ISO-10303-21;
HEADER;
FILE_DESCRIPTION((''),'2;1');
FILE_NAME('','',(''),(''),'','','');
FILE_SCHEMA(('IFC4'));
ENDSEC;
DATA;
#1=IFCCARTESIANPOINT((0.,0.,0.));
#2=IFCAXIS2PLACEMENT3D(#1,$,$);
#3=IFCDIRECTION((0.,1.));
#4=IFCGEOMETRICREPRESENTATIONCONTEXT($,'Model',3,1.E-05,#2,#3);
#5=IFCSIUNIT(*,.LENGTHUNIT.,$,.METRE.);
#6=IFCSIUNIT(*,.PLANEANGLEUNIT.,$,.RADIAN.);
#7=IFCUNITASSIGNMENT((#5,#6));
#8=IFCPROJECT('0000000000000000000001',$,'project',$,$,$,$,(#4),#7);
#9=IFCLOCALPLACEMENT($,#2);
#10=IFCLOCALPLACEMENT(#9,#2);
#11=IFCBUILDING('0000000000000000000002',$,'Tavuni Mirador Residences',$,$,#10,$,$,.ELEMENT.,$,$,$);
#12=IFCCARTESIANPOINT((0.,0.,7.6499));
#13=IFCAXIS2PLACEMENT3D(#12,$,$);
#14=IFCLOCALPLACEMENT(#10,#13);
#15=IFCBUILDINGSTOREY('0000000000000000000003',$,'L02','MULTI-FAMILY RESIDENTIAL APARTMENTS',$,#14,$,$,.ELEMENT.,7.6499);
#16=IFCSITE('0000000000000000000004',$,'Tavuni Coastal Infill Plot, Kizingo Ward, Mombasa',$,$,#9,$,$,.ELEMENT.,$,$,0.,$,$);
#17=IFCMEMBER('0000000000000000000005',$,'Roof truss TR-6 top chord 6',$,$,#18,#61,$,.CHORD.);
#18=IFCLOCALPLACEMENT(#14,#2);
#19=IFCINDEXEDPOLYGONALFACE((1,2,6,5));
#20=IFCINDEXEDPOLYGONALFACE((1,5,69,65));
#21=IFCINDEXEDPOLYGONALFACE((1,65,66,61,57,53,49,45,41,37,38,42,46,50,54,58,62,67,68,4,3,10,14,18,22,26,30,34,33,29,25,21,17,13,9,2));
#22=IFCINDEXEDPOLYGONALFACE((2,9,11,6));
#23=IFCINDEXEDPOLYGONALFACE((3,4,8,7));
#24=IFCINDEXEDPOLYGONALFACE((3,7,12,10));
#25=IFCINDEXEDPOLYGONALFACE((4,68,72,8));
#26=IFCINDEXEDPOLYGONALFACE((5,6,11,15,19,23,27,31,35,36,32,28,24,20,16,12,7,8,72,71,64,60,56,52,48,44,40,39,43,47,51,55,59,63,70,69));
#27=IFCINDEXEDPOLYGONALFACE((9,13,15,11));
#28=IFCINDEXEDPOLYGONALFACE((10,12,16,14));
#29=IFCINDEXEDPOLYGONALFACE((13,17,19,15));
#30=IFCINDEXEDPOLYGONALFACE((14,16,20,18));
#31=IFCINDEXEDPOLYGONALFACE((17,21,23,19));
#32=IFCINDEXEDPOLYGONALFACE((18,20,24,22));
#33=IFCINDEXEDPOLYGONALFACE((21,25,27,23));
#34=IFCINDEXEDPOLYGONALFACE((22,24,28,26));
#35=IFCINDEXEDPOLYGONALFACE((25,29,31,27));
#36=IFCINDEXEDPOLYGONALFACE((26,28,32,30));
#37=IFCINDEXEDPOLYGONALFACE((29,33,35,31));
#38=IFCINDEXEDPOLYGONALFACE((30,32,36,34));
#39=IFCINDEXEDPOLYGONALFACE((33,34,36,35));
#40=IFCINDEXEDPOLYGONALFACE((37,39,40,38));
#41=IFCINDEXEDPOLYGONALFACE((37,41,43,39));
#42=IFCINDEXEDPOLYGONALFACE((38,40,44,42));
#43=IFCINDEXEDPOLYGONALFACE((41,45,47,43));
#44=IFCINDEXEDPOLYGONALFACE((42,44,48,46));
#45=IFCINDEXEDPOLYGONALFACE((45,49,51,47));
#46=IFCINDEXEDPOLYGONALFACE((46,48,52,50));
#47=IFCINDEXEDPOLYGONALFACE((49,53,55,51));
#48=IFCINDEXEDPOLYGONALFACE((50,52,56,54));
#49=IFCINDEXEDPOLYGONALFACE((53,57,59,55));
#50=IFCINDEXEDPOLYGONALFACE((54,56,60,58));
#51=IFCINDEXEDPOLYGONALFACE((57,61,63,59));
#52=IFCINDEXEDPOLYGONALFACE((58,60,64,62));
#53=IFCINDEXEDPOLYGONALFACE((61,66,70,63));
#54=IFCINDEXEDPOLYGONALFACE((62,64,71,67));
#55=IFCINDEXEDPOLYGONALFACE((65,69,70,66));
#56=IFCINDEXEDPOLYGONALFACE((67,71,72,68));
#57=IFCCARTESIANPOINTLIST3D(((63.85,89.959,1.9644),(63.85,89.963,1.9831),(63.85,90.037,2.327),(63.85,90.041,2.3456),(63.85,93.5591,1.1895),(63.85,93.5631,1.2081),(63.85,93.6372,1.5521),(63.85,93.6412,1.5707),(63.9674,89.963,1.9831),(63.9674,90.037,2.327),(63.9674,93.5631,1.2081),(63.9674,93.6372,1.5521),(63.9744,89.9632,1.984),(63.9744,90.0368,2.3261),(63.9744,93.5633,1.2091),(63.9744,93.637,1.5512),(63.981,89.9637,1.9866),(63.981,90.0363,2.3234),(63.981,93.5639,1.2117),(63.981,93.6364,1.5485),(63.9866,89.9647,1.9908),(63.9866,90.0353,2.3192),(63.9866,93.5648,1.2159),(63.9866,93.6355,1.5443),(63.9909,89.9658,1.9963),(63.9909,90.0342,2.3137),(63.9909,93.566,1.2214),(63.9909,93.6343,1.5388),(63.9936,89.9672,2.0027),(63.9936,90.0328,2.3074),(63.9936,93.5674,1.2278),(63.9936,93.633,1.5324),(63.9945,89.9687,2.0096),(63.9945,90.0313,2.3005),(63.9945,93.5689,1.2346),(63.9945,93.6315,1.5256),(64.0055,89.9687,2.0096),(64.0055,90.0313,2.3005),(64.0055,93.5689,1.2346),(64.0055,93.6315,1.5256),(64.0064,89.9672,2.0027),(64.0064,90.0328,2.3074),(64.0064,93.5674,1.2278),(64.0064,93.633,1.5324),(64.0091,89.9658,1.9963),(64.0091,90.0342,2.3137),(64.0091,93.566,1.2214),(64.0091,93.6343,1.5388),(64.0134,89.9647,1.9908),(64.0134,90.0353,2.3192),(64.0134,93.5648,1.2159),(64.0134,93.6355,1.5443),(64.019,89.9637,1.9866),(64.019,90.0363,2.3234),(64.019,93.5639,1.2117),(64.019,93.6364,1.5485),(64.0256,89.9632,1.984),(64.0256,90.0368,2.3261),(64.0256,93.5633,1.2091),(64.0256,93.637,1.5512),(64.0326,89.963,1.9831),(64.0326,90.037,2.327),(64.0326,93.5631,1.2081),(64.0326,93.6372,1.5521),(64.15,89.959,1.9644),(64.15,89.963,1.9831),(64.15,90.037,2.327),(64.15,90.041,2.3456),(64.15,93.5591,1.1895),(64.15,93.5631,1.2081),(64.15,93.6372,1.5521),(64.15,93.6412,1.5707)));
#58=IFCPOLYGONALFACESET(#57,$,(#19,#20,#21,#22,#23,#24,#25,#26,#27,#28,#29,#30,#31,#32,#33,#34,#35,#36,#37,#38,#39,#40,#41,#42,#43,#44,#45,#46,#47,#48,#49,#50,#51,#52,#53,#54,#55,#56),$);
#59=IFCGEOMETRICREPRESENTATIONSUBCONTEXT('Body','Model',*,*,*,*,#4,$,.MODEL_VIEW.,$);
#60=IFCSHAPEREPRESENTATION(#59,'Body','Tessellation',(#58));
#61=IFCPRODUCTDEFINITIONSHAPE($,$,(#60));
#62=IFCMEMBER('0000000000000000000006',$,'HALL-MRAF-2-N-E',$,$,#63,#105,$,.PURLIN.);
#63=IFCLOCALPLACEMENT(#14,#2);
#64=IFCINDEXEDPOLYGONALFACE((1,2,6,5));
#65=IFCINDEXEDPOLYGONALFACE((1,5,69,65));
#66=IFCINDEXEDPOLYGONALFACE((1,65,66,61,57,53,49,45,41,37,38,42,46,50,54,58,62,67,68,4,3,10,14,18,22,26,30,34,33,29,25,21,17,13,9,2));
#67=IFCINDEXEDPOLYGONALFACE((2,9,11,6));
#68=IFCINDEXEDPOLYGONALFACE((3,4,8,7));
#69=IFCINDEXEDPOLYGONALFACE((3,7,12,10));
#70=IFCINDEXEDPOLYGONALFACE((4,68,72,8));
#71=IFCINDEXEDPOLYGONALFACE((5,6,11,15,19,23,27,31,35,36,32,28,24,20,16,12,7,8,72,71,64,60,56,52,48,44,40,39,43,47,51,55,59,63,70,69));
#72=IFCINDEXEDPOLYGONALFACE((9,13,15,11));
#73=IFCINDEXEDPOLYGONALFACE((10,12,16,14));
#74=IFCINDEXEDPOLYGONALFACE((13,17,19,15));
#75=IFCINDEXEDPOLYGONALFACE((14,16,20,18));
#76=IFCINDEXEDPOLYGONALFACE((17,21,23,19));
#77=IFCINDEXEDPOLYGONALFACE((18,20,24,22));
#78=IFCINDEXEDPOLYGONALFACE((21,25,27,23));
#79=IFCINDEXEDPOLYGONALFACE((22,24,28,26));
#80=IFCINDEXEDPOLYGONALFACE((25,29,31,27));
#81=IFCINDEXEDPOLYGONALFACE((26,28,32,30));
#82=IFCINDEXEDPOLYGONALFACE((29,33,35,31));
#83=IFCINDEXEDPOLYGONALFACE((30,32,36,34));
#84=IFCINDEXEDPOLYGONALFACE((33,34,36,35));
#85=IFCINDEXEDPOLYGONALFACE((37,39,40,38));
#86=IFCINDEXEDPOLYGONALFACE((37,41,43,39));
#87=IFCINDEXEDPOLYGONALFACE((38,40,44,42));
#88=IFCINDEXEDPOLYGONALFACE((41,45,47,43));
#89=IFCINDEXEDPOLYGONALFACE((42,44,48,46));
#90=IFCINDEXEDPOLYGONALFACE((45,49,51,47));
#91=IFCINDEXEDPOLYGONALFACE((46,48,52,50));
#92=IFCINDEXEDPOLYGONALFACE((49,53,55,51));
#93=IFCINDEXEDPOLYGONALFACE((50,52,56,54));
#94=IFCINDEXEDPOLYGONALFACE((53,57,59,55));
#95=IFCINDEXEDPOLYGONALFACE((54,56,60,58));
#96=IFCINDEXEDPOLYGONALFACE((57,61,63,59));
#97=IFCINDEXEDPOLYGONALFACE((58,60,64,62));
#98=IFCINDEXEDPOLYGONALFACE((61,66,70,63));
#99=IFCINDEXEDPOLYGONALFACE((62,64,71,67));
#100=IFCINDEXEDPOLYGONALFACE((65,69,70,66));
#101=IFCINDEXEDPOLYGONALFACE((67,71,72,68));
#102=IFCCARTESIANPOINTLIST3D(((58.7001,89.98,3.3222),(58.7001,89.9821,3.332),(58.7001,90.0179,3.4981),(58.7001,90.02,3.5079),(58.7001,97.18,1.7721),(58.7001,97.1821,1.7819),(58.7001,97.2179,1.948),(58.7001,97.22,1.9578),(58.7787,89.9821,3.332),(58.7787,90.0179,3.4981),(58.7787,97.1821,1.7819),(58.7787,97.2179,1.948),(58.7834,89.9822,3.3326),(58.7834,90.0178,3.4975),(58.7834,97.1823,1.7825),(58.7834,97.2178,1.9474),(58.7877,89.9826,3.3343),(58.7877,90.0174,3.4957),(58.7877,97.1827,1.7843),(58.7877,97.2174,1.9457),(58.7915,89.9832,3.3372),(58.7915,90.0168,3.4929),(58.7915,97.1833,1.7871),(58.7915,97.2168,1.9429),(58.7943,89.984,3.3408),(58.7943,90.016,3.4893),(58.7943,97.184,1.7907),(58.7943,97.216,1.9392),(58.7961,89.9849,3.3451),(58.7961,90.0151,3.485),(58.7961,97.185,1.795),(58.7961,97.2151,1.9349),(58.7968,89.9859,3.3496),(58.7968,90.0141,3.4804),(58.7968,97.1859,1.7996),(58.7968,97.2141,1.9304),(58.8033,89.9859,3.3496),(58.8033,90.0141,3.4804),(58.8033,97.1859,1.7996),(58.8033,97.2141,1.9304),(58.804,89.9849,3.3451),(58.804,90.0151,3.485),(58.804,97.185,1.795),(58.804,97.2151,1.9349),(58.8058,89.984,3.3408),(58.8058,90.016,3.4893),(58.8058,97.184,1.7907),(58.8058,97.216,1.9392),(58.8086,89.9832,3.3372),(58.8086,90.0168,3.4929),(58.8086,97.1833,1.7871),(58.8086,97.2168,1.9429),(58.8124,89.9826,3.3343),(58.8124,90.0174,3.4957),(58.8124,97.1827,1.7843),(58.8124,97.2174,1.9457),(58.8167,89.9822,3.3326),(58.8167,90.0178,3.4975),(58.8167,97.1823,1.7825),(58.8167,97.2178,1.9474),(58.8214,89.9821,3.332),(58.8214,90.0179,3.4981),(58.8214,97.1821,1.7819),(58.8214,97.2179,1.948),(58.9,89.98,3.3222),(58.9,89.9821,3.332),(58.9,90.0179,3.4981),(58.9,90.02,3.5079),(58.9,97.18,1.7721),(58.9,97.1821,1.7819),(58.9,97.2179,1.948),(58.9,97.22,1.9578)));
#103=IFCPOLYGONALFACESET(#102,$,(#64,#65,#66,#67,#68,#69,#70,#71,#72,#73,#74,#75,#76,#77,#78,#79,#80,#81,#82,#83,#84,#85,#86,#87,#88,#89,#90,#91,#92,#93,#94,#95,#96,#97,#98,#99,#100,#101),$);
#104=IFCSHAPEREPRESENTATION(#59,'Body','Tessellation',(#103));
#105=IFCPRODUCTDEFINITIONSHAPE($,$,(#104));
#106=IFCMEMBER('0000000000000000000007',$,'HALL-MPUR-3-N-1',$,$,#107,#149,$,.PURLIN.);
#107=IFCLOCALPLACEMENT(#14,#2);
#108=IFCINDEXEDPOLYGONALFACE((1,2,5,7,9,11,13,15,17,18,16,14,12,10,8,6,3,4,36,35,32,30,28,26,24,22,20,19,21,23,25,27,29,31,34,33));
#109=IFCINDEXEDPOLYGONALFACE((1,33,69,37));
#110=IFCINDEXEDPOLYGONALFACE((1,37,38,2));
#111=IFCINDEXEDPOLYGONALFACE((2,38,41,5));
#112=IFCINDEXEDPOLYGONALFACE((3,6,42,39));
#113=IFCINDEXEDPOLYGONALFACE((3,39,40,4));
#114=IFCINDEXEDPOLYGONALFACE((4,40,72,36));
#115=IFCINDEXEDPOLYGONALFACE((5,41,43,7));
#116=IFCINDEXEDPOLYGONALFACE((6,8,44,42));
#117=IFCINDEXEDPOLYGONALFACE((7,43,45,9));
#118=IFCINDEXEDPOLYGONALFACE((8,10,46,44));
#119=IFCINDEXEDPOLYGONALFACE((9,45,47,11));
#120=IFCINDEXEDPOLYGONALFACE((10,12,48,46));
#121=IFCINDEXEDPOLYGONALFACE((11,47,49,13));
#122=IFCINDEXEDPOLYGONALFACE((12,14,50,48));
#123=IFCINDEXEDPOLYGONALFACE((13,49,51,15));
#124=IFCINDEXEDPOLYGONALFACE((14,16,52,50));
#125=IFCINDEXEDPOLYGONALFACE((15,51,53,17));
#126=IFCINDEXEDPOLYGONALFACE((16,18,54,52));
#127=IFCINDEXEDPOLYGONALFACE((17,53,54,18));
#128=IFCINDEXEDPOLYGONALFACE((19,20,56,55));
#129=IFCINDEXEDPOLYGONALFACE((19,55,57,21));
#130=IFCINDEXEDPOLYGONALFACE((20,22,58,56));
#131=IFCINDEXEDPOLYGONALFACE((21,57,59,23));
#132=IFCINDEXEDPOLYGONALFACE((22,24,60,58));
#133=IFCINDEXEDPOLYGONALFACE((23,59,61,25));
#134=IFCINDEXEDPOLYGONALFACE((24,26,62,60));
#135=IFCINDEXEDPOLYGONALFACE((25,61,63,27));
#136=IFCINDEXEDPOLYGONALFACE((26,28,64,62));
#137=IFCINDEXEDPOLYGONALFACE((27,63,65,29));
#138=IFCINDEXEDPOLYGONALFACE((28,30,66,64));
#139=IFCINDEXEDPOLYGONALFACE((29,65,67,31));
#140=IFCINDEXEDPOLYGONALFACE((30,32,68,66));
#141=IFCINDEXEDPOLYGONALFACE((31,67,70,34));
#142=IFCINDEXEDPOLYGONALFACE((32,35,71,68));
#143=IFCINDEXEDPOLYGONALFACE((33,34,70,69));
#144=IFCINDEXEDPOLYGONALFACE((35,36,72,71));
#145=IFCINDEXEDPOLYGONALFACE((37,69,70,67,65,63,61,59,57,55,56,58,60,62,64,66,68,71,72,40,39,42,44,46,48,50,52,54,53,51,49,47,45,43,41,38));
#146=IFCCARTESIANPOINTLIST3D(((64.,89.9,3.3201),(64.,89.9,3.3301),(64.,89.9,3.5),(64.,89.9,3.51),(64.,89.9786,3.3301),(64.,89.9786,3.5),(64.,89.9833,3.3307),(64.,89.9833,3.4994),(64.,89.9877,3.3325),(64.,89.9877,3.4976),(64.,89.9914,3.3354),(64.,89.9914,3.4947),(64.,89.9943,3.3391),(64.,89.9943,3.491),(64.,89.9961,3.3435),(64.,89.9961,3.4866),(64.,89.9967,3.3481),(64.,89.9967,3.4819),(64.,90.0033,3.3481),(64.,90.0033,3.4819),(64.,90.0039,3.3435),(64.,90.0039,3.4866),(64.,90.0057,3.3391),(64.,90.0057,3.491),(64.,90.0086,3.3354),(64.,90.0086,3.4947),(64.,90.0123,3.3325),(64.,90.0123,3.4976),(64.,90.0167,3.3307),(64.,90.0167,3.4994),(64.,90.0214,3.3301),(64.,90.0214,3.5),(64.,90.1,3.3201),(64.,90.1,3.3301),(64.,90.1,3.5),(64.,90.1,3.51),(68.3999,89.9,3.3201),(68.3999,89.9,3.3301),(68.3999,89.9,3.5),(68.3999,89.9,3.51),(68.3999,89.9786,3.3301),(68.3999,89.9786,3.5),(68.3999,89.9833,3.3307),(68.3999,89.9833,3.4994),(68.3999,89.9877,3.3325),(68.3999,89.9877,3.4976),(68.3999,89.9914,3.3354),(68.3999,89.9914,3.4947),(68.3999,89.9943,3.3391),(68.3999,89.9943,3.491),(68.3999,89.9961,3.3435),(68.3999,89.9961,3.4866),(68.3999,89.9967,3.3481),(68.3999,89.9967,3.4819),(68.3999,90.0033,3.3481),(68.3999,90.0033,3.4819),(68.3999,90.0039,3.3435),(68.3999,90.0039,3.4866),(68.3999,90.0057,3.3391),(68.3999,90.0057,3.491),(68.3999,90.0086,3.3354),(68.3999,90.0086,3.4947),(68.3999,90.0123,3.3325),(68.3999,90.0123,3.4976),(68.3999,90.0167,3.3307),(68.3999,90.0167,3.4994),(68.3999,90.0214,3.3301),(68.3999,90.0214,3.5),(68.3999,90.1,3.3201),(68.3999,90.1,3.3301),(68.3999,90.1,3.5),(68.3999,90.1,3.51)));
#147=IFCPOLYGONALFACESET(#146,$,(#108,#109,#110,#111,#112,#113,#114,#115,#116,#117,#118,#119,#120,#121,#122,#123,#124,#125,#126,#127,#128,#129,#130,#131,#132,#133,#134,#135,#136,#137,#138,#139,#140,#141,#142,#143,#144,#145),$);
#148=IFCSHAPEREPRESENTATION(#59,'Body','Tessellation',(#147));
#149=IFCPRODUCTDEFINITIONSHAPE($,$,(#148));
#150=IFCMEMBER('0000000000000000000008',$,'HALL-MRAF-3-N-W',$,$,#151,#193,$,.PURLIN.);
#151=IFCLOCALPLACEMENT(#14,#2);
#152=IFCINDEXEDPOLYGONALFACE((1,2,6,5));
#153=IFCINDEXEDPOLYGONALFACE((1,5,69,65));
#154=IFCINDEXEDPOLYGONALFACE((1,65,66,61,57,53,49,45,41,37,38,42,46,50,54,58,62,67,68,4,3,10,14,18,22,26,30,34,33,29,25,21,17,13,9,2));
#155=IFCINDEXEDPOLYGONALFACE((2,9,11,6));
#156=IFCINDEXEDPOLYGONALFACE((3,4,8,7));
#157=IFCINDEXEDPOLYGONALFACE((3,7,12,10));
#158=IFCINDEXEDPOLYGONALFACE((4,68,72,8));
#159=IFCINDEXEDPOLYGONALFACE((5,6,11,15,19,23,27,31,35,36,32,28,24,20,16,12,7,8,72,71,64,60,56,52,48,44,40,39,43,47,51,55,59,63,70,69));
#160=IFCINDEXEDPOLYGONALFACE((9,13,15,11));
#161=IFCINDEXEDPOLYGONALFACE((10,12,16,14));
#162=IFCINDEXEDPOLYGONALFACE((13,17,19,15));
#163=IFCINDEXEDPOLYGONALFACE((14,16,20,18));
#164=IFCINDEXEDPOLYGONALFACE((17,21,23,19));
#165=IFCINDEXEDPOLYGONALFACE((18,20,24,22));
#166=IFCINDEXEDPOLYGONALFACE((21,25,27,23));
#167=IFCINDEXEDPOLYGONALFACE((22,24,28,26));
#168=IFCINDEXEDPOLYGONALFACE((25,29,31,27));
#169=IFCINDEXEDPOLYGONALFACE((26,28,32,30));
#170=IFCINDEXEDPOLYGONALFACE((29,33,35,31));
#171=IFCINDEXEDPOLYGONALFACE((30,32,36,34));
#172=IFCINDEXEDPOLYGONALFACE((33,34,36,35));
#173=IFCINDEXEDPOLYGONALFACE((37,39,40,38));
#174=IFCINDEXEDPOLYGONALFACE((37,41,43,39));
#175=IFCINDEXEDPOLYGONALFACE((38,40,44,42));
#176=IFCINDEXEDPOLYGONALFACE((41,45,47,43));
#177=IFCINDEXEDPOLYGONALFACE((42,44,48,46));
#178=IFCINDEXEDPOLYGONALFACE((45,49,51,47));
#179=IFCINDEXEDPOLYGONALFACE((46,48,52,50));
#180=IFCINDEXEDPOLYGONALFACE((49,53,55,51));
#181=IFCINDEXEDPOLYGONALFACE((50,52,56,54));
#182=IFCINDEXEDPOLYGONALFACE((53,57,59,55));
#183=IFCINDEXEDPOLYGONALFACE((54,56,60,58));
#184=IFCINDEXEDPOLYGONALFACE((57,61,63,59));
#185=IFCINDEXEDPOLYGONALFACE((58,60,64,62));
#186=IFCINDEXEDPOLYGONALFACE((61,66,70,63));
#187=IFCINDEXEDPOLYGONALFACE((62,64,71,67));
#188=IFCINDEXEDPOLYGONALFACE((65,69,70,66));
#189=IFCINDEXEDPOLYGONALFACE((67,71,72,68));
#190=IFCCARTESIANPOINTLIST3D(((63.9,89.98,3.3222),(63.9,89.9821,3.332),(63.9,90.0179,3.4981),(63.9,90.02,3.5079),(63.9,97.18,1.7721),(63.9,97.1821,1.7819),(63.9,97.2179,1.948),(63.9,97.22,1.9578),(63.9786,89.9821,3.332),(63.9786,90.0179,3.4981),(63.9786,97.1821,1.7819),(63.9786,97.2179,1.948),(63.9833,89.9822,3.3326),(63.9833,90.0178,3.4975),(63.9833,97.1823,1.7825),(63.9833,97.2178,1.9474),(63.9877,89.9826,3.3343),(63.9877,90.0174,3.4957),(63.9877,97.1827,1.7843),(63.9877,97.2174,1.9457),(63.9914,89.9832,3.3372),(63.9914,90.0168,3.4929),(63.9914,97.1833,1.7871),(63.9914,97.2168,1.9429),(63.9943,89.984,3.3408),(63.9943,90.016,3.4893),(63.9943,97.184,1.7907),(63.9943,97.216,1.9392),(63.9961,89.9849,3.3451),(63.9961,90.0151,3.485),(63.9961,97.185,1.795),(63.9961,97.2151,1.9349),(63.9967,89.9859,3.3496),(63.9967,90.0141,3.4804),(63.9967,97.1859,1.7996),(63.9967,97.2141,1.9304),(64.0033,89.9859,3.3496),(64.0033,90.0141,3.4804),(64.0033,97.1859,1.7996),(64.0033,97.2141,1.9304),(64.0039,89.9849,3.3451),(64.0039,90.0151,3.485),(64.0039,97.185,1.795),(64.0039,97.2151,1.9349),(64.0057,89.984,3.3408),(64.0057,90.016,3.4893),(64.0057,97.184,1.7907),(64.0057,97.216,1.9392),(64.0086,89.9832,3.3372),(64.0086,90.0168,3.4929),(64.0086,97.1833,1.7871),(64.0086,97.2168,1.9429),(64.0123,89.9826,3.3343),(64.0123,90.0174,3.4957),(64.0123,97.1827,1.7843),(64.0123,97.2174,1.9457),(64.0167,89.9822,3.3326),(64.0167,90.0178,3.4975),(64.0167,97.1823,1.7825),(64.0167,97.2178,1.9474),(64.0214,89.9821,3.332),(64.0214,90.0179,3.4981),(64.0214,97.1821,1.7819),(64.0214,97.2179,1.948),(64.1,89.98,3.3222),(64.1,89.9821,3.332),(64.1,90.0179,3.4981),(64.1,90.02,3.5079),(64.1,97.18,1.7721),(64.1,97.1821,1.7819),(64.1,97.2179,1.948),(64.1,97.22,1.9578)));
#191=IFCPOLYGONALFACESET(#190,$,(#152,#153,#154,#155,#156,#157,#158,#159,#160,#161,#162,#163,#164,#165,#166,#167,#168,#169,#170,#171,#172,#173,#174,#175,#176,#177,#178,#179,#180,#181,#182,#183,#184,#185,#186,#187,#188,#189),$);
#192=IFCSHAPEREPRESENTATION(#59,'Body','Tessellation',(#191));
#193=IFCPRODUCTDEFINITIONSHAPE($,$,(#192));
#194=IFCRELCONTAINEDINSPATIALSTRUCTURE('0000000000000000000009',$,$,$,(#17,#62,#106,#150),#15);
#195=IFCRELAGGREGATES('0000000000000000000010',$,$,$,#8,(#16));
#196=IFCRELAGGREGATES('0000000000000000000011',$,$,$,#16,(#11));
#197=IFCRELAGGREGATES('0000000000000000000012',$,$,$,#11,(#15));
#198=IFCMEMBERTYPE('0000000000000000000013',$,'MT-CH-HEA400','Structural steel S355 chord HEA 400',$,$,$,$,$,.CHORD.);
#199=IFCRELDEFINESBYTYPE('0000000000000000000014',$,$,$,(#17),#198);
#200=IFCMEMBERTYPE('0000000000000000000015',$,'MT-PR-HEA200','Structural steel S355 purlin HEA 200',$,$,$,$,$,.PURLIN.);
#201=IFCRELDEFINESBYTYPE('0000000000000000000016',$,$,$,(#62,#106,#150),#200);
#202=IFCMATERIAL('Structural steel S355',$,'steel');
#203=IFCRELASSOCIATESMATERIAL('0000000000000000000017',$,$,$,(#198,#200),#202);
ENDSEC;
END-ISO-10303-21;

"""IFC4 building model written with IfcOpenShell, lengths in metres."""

from ifc_helpers import new_model, si_unit, direction, frame, origin, origin_2d, place, context, subcontext, project, spatial, i_section, extrude, material, material_profile, profile_set, type_object, element, save


model = new_model("IFC4")

# Units and contexts
model_context = context("Model", 3, precision=1e-05, world=origin(), true_north=direction((0.0, 1.0)))
body_context = subcontext(model_context, "Body", "Model", "MODEL_VIEW")
ifc_project = project(units=[si_unit("LENGTHUNIT", "METRE"), si_unit("PLANEANGLEUNIT", "RADIAN")], contexts=[model_context])

# Site, building, storey
site_placement = place(None, origin())
site = spatial("IfcSite", under=ifc_project, at=site_placement, Name="Tavuni Coastal Infill Plot, Kizingo Ward, Mombasa", CompositionType="ELEMENT", RefElevation=0.0)
building_placement = place(site_placement, origin())
building = spatial("IfcBuilding", under=site, at=building_placement, Name="Tavuni Mirador Residences", CompositionType="ELEMENT")
storey_placement = place(building_placement, frame((0.0, 0.0, 7.6499)))
storey = spatial("IfcBuildingStorey", under=building, at=storey_placement, Name="L02", Description="MULTI-FAMILY RESIDENTIAL APARTMENTS", CompositionType="ELEMENT", Elevation=7.6499)

# Members
ifc_material_1 = material(Name="Structural steel S355", Category="steel")
ifc_material_profile_1 = material_profile(ifc_material_1, i_section(OverallWidth=0.3, OverallDepth=0.3899, WebThickness=0.011, FlangeThickness=0.019, FilletRadius=0.0271, at=origin_2d()), Name="HEA 400", Category="steel")
ifc_profile_set_1 = profile_set([ifc_material_profile_1], Name="Structural steel S355")
member_type_1 = type_object("IfcMemberType", Name="MT-CH-HEA400", Description="Structural steel S355 chord HEA 400", PredefinedType="CHORD", material=ifc_profile_set_1)
member_1_placement = place(storey_placement, frame((64.0, 90.0, 2.155), z_axis=(0.0, 0.97761, -0.210425), x_axis=(-1.0, 0.0, 0.0)))
element("IfcMember", 1, at=member_1_placement, inside=storey, type_object=member_type_1, Name="Roof truss TR-6 top chord 6", PredefinedType="CHORD", context=body_context, shape_type="SweptSolid", body=[
    extrude(i_section(OverallWidth=0.3, OverallDepth=0.3899, WebThickness=0.011, FlangeThickness=0.019, FilletRadius=0.0271, at=origin_2d()), origin(), (0.0, 0.0, 1.0), 3.6826),
])
ifc_material_profile_2 = material_profile(ifc_material_1, i_section(OverallWidth=0.2, OverallDepth=0.1899, WebThickness=0.0066, FlangeThickness=0.01, FilletRadius=0.0181, at=origin_2d()), Name="HEA 200", Category="steel")
ifc_profile_set_2 = profile_set([ifc_material_profile_2], Name="Structural steel S355")
member_type_2 = type_object("IfcMemberType", Name="MT-PR-HEA200", Description="Structural steel S355 purlin HEA 200", PredefinedType="PURLIN", material=ifc_profile_set_2)
member_2_placement = place(storey_placement, frame((58.8, 90.0, 3.415), z_axis=(0.0, 0.977602, -0.210464), x_axis=(-1.0, 0.0, 0.0)))
element("IfcMember", 2, at=member_2_placement, inside=storey, type_object=member_type_2, Name="HALL-MRAF-2-N-E", PredefinedType="PURLIN", context=body_context, shape_type="SweptSolid", body=[
    extrude(i_section(OverallWidth=0.2, OverallDepth=0.1899, WebThickness=0.0066, FlangeThickness=0.01, FilletRadius=0.0181, at=origin_2d()), origin(), (0.0, 0.0, 1.0), 7.365),
])
member_3_placement = place(storey_placement, frame((64.0, 90.0, 3.415), z_axis=(1.0, 0.0, 0.0), x_axis=(0.0, 1.0, 0.0)))
element("IfcMember", 3, at=member_3_placement, inside=storey, type_object=member_type_2, Name="HALL-MPUR-3-N-1", PredefinedType="PURLIN", context=body_context, shape_type="SweptSolid", body=[
    extrude(i_section(OverallWidth=0.2, OverallDepth=0.1899, WebThickness=0.0066, FlangeThickness=0.01, FilletRadius=0.0181, at=origin_2d()), origin(), (0.0, 0.0, 1.0), 4.3999),
])
member_4_placement = place(storey_placement, frame((64.0, 90.0, 3.415), z_axis=(0.0, 0.977602, -0.210464), x_axis=(-1.0, 0.0, 0.0)))
element("IfcMember", 4, at=member_4_placement, inside=storey, type_object=member_type_2, Name="HALL-MRAF-3-N-W", PredefinedType="PURLIN", context=body_context, shape_type="SweptSolid", body=[
    extrude(i_section(OverallWidth=0.2, OverallDepth=0.1899, WebThickness=0.0066, FlangeThickness=0.01, FilletRadius=0.0181, at=origin_2d()), origin(), (0.0, 0.0, 1.0), 7.365),
])

save(model, "model.ifc")
